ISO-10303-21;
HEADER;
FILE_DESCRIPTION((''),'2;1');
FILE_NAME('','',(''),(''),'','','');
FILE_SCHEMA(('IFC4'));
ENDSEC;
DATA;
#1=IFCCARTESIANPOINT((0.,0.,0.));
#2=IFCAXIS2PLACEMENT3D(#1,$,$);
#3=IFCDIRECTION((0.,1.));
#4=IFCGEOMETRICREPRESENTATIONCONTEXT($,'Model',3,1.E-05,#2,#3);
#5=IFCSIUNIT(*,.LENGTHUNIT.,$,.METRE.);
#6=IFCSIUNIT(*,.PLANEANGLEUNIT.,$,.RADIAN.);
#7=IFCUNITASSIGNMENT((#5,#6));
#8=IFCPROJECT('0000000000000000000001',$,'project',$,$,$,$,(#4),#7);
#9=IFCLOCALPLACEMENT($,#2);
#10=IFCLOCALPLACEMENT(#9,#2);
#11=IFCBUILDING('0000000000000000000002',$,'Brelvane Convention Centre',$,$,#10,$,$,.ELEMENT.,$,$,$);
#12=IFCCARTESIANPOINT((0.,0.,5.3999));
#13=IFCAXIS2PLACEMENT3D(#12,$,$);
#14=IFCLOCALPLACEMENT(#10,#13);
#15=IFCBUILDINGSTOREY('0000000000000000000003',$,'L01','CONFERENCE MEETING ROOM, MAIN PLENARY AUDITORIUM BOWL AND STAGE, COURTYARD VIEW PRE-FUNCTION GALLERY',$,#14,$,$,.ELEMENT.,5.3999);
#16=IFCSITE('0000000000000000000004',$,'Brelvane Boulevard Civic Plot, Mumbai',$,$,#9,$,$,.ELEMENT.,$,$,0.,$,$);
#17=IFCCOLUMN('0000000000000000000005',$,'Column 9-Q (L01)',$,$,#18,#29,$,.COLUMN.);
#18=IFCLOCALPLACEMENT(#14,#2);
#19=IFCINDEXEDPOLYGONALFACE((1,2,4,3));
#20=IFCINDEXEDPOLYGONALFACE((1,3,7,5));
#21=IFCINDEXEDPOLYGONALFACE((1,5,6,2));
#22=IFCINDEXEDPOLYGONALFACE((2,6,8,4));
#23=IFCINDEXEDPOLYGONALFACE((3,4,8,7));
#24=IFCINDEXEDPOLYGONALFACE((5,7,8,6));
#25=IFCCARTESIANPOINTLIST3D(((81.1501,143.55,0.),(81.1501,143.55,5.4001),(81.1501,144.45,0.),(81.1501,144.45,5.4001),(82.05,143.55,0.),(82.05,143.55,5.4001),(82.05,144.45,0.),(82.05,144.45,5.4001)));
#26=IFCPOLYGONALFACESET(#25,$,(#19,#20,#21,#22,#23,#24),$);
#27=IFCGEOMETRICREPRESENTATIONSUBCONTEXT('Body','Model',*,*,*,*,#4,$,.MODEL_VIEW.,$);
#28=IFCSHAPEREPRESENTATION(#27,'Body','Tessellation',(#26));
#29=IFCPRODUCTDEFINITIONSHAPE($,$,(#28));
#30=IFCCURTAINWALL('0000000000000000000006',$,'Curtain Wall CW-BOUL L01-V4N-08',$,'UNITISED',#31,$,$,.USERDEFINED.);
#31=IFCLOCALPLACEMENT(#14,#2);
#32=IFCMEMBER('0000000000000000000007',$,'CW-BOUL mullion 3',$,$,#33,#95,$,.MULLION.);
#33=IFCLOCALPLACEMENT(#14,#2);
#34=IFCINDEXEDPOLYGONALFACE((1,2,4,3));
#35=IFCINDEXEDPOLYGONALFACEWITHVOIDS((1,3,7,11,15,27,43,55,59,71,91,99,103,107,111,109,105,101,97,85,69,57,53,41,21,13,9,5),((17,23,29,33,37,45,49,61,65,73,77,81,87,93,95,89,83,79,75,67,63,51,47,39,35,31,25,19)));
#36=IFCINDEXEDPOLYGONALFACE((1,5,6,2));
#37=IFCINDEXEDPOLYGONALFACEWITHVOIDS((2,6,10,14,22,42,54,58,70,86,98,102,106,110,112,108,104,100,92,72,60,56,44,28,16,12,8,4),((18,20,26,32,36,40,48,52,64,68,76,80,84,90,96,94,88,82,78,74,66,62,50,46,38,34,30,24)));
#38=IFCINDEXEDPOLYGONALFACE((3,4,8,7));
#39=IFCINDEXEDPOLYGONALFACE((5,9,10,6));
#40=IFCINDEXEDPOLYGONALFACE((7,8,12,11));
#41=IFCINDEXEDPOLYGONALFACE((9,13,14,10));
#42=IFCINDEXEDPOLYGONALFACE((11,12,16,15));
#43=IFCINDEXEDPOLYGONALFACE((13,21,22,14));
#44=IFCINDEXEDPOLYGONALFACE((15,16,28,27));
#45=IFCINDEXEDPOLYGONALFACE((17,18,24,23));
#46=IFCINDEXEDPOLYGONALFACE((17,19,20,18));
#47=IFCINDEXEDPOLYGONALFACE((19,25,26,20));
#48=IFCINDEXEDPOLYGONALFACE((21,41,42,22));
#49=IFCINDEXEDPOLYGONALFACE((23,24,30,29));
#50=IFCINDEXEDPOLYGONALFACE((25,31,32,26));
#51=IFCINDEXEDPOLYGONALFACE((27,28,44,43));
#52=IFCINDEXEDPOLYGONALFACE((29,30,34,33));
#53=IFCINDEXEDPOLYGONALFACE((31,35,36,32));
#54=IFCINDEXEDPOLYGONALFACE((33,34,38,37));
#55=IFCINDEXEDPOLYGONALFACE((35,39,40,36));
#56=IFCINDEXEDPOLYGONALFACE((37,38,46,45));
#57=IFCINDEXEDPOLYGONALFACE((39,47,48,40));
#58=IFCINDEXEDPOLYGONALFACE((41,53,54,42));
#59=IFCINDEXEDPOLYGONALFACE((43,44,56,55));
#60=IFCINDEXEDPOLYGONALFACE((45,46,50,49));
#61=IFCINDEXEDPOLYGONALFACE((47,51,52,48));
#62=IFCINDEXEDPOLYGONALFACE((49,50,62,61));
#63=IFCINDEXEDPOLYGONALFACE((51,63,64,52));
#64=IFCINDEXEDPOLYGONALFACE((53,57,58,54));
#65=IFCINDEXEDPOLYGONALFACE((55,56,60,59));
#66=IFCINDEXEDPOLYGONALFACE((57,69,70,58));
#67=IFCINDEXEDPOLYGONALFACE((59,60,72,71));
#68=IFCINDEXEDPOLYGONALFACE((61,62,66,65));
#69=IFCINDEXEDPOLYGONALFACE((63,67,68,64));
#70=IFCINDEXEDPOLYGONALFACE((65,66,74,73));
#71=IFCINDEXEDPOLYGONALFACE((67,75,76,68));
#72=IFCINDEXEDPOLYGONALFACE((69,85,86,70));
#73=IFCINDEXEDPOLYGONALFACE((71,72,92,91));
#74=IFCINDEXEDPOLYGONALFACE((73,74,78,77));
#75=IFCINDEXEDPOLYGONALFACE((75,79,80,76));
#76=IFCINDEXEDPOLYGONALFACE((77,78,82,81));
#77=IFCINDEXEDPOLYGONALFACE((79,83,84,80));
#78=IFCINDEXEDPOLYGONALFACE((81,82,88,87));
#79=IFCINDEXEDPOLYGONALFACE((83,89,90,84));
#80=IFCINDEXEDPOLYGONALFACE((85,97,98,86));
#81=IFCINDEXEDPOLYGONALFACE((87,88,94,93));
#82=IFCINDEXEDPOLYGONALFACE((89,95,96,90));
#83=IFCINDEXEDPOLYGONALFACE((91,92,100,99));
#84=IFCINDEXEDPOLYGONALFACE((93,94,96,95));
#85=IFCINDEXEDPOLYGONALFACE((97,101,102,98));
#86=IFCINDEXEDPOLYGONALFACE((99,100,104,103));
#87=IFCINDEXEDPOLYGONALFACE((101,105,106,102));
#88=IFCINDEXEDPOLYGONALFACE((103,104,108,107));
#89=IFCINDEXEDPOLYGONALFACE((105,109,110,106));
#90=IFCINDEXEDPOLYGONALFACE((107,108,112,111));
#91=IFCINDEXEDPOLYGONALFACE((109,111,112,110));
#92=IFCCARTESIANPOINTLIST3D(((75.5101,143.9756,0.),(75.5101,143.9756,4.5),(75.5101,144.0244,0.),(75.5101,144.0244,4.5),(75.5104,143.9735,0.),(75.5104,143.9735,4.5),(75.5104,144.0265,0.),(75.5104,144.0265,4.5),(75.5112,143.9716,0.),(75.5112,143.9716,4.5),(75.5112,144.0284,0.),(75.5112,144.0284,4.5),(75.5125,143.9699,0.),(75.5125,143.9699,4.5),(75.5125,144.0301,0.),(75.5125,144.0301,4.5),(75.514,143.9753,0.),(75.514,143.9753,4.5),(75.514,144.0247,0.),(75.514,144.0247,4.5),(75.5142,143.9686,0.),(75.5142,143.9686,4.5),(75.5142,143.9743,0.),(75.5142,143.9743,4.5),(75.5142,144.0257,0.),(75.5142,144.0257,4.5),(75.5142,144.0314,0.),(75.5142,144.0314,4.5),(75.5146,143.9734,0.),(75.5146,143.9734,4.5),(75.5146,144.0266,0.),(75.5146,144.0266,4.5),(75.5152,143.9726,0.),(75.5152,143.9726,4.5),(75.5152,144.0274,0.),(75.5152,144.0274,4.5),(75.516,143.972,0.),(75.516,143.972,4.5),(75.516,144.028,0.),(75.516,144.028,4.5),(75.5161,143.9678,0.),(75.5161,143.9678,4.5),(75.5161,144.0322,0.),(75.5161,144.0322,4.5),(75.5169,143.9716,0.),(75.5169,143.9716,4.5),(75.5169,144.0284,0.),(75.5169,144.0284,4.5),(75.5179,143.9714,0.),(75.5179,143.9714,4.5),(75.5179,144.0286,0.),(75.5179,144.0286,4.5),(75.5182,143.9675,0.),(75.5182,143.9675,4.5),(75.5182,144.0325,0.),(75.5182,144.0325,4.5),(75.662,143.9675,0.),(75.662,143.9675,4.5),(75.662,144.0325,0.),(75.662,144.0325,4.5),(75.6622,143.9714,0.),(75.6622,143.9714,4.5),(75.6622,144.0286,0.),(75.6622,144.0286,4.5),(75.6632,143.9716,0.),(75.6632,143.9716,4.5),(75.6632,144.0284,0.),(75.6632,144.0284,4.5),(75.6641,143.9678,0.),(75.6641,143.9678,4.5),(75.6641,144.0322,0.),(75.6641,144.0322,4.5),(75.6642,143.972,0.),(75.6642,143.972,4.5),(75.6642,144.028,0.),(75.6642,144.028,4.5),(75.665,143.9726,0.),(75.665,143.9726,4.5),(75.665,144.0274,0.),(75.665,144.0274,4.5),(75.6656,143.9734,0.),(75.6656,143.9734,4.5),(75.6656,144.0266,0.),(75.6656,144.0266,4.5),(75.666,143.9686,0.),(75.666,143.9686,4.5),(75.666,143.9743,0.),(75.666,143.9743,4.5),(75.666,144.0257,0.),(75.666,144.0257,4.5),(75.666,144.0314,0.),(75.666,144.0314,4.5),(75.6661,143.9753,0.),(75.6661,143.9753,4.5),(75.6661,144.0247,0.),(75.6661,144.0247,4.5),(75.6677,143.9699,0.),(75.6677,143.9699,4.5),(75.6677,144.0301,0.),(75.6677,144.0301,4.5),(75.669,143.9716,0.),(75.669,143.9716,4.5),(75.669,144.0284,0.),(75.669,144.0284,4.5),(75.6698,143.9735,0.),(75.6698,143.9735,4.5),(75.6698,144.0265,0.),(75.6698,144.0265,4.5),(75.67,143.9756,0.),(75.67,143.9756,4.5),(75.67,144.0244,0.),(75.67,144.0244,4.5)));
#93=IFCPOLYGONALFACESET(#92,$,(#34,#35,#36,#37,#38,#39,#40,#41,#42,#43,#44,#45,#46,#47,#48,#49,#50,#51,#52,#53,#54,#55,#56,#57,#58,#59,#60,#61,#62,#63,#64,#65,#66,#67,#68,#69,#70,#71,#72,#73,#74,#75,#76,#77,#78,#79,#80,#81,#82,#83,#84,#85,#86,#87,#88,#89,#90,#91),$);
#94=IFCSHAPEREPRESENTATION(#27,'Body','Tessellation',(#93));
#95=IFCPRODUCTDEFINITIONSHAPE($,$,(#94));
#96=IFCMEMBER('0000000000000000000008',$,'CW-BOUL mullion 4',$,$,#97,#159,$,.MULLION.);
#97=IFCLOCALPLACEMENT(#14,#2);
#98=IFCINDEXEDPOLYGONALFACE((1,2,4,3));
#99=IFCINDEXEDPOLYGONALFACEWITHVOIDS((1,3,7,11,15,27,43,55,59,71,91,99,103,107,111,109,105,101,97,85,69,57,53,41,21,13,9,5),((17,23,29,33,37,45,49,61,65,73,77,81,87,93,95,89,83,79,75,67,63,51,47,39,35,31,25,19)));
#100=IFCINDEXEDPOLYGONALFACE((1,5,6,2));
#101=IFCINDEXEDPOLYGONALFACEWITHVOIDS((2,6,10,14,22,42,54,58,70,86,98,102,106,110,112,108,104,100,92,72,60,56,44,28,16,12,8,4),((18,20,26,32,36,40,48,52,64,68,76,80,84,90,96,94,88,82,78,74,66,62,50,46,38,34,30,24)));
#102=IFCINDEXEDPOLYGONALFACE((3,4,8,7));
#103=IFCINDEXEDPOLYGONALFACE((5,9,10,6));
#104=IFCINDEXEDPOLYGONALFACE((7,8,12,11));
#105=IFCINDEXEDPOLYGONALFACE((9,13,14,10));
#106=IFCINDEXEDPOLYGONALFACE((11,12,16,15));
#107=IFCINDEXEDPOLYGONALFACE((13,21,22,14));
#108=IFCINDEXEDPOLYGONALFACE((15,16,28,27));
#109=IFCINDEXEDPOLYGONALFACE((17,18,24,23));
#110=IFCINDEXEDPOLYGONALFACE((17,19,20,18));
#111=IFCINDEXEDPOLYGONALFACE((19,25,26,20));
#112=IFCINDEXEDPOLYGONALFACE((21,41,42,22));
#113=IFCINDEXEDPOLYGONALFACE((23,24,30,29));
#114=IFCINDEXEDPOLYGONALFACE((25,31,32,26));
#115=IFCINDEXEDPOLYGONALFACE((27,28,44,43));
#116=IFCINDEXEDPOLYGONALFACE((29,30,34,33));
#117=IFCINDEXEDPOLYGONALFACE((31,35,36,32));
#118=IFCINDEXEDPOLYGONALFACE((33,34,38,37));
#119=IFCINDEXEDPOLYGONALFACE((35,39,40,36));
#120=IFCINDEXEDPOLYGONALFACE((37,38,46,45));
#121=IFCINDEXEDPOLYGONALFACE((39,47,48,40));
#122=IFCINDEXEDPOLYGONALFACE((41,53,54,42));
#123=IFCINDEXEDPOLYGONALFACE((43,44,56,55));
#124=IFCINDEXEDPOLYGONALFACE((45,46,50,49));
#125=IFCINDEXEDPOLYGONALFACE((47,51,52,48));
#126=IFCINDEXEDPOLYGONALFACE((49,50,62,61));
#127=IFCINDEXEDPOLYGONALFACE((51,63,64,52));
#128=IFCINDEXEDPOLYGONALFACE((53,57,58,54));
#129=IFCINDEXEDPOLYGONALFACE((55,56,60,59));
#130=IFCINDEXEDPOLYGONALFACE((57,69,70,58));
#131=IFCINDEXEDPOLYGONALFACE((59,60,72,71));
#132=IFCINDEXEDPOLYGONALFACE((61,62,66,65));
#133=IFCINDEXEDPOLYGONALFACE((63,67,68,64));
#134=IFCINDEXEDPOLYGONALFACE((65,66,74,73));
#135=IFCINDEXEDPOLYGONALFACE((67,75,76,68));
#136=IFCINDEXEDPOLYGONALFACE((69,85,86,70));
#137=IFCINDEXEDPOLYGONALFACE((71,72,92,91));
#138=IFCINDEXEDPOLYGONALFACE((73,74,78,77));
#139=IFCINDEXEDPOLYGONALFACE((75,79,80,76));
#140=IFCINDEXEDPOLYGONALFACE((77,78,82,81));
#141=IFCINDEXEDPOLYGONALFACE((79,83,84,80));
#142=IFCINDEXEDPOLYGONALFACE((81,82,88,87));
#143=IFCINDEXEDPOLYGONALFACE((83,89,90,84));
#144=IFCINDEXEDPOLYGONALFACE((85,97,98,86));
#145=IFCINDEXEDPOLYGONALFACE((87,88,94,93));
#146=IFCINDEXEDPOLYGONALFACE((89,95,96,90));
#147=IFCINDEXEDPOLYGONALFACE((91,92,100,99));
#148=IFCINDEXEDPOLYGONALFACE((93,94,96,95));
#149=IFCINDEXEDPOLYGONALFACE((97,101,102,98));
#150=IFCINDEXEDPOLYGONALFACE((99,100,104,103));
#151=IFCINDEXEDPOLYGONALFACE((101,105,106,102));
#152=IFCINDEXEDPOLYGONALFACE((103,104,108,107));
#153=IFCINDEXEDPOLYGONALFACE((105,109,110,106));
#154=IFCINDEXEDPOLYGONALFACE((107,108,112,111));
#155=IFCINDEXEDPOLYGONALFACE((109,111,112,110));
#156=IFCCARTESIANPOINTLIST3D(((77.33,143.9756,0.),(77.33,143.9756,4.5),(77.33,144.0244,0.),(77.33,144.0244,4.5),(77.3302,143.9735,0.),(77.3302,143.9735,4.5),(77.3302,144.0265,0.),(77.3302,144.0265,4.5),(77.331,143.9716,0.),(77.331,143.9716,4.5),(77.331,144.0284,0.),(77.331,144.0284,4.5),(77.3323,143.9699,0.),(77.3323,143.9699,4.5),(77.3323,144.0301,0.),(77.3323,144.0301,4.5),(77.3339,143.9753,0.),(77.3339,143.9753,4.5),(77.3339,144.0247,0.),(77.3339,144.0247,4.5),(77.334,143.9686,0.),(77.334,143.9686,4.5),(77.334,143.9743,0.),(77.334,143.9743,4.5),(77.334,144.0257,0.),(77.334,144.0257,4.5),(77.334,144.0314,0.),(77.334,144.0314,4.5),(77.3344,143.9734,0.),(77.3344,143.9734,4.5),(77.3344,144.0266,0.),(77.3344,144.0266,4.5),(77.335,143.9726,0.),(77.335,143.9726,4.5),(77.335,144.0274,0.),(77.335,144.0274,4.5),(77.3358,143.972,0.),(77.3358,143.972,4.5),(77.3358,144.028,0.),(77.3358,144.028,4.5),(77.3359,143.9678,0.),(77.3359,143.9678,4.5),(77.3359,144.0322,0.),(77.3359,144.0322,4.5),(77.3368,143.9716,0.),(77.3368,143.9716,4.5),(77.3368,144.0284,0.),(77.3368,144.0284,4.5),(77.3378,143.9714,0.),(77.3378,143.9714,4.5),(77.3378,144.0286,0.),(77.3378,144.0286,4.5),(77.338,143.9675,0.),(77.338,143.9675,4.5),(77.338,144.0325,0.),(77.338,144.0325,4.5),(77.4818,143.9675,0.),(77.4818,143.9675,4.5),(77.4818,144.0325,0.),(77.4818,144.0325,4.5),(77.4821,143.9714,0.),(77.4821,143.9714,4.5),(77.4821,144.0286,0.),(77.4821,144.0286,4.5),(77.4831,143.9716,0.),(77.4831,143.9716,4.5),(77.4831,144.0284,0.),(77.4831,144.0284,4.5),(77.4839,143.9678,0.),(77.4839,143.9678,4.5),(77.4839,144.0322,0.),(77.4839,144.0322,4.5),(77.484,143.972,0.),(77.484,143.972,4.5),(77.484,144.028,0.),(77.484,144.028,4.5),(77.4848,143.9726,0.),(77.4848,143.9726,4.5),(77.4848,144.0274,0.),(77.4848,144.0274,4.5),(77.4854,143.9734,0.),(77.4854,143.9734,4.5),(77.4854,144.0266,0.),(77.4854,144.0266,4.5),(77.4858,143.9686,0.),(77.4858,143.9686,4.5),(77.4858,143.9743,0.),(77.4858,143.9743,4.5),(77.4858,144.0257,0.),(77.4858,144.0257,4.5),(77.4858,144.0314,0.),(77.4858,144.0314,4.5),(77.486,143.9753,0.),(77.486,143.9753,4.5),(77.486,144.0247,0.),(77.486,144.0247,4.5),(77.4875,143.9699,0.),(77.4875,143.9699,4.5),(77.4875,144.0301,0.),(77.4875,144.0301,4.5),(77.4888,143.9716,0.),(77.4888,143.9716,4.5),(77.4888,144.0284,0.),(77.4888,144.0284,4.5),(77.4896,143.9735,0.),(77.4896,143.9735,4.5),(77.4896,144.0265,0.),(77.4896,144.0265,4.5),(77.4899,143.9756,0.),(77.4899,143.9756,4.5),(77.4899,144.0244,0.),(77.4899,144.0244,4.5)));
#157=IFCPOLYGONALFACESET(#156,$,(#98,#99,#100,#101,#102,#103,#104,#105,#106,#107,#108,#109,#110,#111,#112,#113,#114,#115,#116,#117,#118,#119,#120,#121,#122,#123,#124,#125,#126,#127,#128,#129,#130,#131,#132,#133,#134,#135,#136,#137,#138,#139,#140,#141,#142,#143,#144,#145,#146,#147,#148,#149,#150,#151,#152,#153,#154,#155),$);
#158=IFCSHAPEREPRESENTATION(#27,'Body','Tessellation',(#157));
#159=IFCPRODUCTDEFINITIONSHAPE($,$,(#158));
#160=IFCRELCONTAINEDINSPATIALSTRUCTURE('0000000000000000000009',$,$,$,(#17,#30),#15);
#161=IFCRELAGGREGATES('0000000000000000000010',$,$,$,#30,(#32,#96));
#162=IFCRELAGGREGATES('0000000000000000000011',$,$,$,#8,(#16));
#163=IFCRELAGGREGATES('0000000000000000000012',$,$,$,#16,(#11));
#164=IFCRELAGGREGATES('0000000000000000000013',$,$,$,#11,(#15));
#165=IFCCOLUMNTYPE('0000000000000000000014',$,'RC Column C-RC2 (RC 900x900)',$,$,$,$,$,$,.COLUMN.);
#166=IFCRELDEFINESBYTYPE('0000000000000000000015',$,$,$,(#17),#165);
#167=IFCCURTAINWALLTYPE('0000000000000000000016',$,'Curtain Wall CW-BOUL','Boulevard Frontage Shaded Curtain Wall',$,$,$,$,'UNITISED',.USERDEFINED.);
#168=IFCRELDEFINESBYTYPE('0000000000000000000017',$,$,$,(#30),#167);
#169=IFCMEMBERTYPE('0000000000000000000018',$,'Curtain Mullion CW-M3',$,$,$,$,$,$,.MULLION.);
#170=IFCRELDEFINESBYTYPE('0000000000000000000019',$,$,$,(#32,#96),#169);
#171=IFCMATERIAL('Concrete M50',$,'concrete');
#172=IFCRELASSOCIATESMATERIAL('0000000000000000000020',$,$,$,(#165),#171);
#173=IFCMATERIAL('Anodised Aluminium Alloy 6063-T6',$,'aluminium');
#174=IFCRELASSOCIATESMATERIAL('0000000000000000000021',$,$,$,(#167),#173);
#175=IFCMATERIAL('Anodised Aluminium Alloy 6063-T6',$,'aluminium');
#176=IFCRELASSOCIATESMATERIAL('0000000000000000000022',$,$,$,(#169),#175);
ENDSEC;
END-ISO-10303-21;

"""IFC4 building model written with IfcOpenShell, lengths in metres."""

from ifc_helpers import new_model, si_unit, direction, frame, origin, origin_2d, place, context, subcontext, project, spatial, rectangle, hollow_rectangle, extrude, material, material_profile, profile_set, type_object, element, aggregate, save


model = new_model("IFC4")

# Units and contexts
model_context = context("Model", 3, precision=1e-05, world=origin(), true_north=direction((0.0, 1.0)))
body_context = subcontext(model_context, "Body", "Model", "MODEL_VIEW")
ifc_project = project(units=[si_unit("LENGTHUNIT", "METRE"), si_unit("PLANEANGLEUNIT", "RADIAN")], contexts=[model_context])

# Site, building, storey
site_placement = place(None, origin())
site = spatial("IfcSite", under=ifc_project, at=site_placement, Name="Brelvane Boulevard Civic Plot, Mumbai", CompositionType="ELEMENT", RefElevation=0.0)
building_placement = place(site_placement, origin())
building = spatial("IfcBuilding", under=site, at=building_placement, Name="Brelvane Convention Centre", CompositionType="ELEMENT")
storey_placement = place(building_placement, frame((0.0, 0.0, 5.3999)))
storey = spatial("IfcBuildingStorey", under=building, at=storey_placement, Name="L01", Description="CONFERENCE MEETING ROOM, MAIN PLENARY AUDITORIUM BOWL AND STAGE, COURTYARD VIEW PRE-FUNCTION GALLERY", CompositionType="ELEMENT", Elevation=5.3999)

# Column
ifc_material_1 = material(Name="Concrete M50", Category="concrete")
ifc_material_profile_1 = material_profile(ifc_material_1, rectangle(XDim=0.8999, YDim=0.8999, at=origin_2d()), Name="RC 900x900")
ifc_profile_set_1 = profile_set([ifc_material_profile_1], Name="Concrete M50")
column_type = type_object("IfcColumnType", Name="RC Column C-RC2 (RC 900x900)", PredefinedType="COLUMN", material=ifc_profile_set_1)
column_placement = place(storey_placement, frame((81.6001, 144.0, 0.0), z_axis=(0.0, 0.0, 1.0), x_axis=(1.0, 0.0, 0.0)))
element("IfcColumn", 1, at=column_placement, inside=storey, type_object=column_type, Name="Column 9-Q (L01)", PredefinedType="COLUMN", context=body_context, shape_type="SweptSolid", body=[
    extrude(rectangle(XDim=0.8999, YDim=0.8999, at=origin_2d()), origin(), (0.0, 0.0, 1.0), 5.4001),
])

# Curtain wall, members
ifc_material_2 = material(Name="Anodised Aluminium Alloy 6063-T6", Category="aluminium")
curtain_wall_type = type_object("IfcCurtainWallType", Name="Curtain Wall CW-BOUL", Description="Boulevard Frontage Shaded Curtain Wall", ElementType="UNITISED", PredefinedType="USERDEFINED", material=ifc_material_2)
curtain_wall_placement = place(storey_placement, origin())
curtain_wall = element("IfcCurtainWall", 2, at=curtain_wall_placement, inside=storey, type_object=curtain_wall_type, Name="Curtain Wall CW-BOUL L01-V4N-08", ObjectType="UNITISED", PredefinedType="USERDEFINED")
ifc_material_3 = material(Name="Anodised Aluminium Alloy 6063-T6", Category="aluminium")
ifc_material_profile_2 = material_profile(ifc_material_3, hollow_rectangle(XDim=0.0649, YDim=0.1599, WallThickness=0.0039, InnerFilletRadius=0.0039, OuterFilletRadius=0.0081, at=origin_2d()), Name="ALU-M 160x65x4.0")
ifc_profile_set_2 = profile_set([ifc_material_profile_2], Name="Anodised Aluminium Alloy 6063-T6")
member_type_1 = type_object("IfcMemberType", Name="Curtain Mullion CW-M3", PredefinedType="MULLION", material=ifc_profile_set_2)
member_1_placement = place(storey_placement, frame((75.5901, 144.0, 0.0), z_axis=(0.0, 0.0, 1.0), x_axis=(0.0, 1.0, 0.0)))
member_1 = element("IfcMember", 3, at=member_1_placement, type_object=member_type_1, Name="CW-BOUL mullion 3", PredefinedType="MULLION", context=body_context, shape_type="SweptSolid", body=[
    extrude(hollow_rectangle(XDim=0.0649, YDim=0.1599, WallThickness=0.0039, InnerFilletRadius=0.0039, OuterFilletRadius=0.0081, at=origin_2d()), origin(), (0.0, 0.0, 1.0), 4.5),
])
member_2_placement = place(storey_placement, frame((77.4099, 144.0, 0.0), z_axis=(0.0, 0.0, 1.0), x_axis=(0.0, 1.0, 0.0)))
member_2 = element("IfcMember", 4, at=member_2_placement, type_object=member_type_1, Name="CW-BOUL mullion 4", PredefinedType="MULLION", context=body_context, shape_type="SweptSolid", body=[
    extrude(hollow_rectangle(XDim=0.0649, YDim=0.1599, WallThickness=0.0039, InnerFilletRadius=0.0039, OuterFilletRadius=0.0081, at=origin_2d()), origin(), (0.0, 0.0, 1.0), 4.5),
])

aggregate(curtain_wall, [member_1, member_2])

save(model, "model.ifc")
